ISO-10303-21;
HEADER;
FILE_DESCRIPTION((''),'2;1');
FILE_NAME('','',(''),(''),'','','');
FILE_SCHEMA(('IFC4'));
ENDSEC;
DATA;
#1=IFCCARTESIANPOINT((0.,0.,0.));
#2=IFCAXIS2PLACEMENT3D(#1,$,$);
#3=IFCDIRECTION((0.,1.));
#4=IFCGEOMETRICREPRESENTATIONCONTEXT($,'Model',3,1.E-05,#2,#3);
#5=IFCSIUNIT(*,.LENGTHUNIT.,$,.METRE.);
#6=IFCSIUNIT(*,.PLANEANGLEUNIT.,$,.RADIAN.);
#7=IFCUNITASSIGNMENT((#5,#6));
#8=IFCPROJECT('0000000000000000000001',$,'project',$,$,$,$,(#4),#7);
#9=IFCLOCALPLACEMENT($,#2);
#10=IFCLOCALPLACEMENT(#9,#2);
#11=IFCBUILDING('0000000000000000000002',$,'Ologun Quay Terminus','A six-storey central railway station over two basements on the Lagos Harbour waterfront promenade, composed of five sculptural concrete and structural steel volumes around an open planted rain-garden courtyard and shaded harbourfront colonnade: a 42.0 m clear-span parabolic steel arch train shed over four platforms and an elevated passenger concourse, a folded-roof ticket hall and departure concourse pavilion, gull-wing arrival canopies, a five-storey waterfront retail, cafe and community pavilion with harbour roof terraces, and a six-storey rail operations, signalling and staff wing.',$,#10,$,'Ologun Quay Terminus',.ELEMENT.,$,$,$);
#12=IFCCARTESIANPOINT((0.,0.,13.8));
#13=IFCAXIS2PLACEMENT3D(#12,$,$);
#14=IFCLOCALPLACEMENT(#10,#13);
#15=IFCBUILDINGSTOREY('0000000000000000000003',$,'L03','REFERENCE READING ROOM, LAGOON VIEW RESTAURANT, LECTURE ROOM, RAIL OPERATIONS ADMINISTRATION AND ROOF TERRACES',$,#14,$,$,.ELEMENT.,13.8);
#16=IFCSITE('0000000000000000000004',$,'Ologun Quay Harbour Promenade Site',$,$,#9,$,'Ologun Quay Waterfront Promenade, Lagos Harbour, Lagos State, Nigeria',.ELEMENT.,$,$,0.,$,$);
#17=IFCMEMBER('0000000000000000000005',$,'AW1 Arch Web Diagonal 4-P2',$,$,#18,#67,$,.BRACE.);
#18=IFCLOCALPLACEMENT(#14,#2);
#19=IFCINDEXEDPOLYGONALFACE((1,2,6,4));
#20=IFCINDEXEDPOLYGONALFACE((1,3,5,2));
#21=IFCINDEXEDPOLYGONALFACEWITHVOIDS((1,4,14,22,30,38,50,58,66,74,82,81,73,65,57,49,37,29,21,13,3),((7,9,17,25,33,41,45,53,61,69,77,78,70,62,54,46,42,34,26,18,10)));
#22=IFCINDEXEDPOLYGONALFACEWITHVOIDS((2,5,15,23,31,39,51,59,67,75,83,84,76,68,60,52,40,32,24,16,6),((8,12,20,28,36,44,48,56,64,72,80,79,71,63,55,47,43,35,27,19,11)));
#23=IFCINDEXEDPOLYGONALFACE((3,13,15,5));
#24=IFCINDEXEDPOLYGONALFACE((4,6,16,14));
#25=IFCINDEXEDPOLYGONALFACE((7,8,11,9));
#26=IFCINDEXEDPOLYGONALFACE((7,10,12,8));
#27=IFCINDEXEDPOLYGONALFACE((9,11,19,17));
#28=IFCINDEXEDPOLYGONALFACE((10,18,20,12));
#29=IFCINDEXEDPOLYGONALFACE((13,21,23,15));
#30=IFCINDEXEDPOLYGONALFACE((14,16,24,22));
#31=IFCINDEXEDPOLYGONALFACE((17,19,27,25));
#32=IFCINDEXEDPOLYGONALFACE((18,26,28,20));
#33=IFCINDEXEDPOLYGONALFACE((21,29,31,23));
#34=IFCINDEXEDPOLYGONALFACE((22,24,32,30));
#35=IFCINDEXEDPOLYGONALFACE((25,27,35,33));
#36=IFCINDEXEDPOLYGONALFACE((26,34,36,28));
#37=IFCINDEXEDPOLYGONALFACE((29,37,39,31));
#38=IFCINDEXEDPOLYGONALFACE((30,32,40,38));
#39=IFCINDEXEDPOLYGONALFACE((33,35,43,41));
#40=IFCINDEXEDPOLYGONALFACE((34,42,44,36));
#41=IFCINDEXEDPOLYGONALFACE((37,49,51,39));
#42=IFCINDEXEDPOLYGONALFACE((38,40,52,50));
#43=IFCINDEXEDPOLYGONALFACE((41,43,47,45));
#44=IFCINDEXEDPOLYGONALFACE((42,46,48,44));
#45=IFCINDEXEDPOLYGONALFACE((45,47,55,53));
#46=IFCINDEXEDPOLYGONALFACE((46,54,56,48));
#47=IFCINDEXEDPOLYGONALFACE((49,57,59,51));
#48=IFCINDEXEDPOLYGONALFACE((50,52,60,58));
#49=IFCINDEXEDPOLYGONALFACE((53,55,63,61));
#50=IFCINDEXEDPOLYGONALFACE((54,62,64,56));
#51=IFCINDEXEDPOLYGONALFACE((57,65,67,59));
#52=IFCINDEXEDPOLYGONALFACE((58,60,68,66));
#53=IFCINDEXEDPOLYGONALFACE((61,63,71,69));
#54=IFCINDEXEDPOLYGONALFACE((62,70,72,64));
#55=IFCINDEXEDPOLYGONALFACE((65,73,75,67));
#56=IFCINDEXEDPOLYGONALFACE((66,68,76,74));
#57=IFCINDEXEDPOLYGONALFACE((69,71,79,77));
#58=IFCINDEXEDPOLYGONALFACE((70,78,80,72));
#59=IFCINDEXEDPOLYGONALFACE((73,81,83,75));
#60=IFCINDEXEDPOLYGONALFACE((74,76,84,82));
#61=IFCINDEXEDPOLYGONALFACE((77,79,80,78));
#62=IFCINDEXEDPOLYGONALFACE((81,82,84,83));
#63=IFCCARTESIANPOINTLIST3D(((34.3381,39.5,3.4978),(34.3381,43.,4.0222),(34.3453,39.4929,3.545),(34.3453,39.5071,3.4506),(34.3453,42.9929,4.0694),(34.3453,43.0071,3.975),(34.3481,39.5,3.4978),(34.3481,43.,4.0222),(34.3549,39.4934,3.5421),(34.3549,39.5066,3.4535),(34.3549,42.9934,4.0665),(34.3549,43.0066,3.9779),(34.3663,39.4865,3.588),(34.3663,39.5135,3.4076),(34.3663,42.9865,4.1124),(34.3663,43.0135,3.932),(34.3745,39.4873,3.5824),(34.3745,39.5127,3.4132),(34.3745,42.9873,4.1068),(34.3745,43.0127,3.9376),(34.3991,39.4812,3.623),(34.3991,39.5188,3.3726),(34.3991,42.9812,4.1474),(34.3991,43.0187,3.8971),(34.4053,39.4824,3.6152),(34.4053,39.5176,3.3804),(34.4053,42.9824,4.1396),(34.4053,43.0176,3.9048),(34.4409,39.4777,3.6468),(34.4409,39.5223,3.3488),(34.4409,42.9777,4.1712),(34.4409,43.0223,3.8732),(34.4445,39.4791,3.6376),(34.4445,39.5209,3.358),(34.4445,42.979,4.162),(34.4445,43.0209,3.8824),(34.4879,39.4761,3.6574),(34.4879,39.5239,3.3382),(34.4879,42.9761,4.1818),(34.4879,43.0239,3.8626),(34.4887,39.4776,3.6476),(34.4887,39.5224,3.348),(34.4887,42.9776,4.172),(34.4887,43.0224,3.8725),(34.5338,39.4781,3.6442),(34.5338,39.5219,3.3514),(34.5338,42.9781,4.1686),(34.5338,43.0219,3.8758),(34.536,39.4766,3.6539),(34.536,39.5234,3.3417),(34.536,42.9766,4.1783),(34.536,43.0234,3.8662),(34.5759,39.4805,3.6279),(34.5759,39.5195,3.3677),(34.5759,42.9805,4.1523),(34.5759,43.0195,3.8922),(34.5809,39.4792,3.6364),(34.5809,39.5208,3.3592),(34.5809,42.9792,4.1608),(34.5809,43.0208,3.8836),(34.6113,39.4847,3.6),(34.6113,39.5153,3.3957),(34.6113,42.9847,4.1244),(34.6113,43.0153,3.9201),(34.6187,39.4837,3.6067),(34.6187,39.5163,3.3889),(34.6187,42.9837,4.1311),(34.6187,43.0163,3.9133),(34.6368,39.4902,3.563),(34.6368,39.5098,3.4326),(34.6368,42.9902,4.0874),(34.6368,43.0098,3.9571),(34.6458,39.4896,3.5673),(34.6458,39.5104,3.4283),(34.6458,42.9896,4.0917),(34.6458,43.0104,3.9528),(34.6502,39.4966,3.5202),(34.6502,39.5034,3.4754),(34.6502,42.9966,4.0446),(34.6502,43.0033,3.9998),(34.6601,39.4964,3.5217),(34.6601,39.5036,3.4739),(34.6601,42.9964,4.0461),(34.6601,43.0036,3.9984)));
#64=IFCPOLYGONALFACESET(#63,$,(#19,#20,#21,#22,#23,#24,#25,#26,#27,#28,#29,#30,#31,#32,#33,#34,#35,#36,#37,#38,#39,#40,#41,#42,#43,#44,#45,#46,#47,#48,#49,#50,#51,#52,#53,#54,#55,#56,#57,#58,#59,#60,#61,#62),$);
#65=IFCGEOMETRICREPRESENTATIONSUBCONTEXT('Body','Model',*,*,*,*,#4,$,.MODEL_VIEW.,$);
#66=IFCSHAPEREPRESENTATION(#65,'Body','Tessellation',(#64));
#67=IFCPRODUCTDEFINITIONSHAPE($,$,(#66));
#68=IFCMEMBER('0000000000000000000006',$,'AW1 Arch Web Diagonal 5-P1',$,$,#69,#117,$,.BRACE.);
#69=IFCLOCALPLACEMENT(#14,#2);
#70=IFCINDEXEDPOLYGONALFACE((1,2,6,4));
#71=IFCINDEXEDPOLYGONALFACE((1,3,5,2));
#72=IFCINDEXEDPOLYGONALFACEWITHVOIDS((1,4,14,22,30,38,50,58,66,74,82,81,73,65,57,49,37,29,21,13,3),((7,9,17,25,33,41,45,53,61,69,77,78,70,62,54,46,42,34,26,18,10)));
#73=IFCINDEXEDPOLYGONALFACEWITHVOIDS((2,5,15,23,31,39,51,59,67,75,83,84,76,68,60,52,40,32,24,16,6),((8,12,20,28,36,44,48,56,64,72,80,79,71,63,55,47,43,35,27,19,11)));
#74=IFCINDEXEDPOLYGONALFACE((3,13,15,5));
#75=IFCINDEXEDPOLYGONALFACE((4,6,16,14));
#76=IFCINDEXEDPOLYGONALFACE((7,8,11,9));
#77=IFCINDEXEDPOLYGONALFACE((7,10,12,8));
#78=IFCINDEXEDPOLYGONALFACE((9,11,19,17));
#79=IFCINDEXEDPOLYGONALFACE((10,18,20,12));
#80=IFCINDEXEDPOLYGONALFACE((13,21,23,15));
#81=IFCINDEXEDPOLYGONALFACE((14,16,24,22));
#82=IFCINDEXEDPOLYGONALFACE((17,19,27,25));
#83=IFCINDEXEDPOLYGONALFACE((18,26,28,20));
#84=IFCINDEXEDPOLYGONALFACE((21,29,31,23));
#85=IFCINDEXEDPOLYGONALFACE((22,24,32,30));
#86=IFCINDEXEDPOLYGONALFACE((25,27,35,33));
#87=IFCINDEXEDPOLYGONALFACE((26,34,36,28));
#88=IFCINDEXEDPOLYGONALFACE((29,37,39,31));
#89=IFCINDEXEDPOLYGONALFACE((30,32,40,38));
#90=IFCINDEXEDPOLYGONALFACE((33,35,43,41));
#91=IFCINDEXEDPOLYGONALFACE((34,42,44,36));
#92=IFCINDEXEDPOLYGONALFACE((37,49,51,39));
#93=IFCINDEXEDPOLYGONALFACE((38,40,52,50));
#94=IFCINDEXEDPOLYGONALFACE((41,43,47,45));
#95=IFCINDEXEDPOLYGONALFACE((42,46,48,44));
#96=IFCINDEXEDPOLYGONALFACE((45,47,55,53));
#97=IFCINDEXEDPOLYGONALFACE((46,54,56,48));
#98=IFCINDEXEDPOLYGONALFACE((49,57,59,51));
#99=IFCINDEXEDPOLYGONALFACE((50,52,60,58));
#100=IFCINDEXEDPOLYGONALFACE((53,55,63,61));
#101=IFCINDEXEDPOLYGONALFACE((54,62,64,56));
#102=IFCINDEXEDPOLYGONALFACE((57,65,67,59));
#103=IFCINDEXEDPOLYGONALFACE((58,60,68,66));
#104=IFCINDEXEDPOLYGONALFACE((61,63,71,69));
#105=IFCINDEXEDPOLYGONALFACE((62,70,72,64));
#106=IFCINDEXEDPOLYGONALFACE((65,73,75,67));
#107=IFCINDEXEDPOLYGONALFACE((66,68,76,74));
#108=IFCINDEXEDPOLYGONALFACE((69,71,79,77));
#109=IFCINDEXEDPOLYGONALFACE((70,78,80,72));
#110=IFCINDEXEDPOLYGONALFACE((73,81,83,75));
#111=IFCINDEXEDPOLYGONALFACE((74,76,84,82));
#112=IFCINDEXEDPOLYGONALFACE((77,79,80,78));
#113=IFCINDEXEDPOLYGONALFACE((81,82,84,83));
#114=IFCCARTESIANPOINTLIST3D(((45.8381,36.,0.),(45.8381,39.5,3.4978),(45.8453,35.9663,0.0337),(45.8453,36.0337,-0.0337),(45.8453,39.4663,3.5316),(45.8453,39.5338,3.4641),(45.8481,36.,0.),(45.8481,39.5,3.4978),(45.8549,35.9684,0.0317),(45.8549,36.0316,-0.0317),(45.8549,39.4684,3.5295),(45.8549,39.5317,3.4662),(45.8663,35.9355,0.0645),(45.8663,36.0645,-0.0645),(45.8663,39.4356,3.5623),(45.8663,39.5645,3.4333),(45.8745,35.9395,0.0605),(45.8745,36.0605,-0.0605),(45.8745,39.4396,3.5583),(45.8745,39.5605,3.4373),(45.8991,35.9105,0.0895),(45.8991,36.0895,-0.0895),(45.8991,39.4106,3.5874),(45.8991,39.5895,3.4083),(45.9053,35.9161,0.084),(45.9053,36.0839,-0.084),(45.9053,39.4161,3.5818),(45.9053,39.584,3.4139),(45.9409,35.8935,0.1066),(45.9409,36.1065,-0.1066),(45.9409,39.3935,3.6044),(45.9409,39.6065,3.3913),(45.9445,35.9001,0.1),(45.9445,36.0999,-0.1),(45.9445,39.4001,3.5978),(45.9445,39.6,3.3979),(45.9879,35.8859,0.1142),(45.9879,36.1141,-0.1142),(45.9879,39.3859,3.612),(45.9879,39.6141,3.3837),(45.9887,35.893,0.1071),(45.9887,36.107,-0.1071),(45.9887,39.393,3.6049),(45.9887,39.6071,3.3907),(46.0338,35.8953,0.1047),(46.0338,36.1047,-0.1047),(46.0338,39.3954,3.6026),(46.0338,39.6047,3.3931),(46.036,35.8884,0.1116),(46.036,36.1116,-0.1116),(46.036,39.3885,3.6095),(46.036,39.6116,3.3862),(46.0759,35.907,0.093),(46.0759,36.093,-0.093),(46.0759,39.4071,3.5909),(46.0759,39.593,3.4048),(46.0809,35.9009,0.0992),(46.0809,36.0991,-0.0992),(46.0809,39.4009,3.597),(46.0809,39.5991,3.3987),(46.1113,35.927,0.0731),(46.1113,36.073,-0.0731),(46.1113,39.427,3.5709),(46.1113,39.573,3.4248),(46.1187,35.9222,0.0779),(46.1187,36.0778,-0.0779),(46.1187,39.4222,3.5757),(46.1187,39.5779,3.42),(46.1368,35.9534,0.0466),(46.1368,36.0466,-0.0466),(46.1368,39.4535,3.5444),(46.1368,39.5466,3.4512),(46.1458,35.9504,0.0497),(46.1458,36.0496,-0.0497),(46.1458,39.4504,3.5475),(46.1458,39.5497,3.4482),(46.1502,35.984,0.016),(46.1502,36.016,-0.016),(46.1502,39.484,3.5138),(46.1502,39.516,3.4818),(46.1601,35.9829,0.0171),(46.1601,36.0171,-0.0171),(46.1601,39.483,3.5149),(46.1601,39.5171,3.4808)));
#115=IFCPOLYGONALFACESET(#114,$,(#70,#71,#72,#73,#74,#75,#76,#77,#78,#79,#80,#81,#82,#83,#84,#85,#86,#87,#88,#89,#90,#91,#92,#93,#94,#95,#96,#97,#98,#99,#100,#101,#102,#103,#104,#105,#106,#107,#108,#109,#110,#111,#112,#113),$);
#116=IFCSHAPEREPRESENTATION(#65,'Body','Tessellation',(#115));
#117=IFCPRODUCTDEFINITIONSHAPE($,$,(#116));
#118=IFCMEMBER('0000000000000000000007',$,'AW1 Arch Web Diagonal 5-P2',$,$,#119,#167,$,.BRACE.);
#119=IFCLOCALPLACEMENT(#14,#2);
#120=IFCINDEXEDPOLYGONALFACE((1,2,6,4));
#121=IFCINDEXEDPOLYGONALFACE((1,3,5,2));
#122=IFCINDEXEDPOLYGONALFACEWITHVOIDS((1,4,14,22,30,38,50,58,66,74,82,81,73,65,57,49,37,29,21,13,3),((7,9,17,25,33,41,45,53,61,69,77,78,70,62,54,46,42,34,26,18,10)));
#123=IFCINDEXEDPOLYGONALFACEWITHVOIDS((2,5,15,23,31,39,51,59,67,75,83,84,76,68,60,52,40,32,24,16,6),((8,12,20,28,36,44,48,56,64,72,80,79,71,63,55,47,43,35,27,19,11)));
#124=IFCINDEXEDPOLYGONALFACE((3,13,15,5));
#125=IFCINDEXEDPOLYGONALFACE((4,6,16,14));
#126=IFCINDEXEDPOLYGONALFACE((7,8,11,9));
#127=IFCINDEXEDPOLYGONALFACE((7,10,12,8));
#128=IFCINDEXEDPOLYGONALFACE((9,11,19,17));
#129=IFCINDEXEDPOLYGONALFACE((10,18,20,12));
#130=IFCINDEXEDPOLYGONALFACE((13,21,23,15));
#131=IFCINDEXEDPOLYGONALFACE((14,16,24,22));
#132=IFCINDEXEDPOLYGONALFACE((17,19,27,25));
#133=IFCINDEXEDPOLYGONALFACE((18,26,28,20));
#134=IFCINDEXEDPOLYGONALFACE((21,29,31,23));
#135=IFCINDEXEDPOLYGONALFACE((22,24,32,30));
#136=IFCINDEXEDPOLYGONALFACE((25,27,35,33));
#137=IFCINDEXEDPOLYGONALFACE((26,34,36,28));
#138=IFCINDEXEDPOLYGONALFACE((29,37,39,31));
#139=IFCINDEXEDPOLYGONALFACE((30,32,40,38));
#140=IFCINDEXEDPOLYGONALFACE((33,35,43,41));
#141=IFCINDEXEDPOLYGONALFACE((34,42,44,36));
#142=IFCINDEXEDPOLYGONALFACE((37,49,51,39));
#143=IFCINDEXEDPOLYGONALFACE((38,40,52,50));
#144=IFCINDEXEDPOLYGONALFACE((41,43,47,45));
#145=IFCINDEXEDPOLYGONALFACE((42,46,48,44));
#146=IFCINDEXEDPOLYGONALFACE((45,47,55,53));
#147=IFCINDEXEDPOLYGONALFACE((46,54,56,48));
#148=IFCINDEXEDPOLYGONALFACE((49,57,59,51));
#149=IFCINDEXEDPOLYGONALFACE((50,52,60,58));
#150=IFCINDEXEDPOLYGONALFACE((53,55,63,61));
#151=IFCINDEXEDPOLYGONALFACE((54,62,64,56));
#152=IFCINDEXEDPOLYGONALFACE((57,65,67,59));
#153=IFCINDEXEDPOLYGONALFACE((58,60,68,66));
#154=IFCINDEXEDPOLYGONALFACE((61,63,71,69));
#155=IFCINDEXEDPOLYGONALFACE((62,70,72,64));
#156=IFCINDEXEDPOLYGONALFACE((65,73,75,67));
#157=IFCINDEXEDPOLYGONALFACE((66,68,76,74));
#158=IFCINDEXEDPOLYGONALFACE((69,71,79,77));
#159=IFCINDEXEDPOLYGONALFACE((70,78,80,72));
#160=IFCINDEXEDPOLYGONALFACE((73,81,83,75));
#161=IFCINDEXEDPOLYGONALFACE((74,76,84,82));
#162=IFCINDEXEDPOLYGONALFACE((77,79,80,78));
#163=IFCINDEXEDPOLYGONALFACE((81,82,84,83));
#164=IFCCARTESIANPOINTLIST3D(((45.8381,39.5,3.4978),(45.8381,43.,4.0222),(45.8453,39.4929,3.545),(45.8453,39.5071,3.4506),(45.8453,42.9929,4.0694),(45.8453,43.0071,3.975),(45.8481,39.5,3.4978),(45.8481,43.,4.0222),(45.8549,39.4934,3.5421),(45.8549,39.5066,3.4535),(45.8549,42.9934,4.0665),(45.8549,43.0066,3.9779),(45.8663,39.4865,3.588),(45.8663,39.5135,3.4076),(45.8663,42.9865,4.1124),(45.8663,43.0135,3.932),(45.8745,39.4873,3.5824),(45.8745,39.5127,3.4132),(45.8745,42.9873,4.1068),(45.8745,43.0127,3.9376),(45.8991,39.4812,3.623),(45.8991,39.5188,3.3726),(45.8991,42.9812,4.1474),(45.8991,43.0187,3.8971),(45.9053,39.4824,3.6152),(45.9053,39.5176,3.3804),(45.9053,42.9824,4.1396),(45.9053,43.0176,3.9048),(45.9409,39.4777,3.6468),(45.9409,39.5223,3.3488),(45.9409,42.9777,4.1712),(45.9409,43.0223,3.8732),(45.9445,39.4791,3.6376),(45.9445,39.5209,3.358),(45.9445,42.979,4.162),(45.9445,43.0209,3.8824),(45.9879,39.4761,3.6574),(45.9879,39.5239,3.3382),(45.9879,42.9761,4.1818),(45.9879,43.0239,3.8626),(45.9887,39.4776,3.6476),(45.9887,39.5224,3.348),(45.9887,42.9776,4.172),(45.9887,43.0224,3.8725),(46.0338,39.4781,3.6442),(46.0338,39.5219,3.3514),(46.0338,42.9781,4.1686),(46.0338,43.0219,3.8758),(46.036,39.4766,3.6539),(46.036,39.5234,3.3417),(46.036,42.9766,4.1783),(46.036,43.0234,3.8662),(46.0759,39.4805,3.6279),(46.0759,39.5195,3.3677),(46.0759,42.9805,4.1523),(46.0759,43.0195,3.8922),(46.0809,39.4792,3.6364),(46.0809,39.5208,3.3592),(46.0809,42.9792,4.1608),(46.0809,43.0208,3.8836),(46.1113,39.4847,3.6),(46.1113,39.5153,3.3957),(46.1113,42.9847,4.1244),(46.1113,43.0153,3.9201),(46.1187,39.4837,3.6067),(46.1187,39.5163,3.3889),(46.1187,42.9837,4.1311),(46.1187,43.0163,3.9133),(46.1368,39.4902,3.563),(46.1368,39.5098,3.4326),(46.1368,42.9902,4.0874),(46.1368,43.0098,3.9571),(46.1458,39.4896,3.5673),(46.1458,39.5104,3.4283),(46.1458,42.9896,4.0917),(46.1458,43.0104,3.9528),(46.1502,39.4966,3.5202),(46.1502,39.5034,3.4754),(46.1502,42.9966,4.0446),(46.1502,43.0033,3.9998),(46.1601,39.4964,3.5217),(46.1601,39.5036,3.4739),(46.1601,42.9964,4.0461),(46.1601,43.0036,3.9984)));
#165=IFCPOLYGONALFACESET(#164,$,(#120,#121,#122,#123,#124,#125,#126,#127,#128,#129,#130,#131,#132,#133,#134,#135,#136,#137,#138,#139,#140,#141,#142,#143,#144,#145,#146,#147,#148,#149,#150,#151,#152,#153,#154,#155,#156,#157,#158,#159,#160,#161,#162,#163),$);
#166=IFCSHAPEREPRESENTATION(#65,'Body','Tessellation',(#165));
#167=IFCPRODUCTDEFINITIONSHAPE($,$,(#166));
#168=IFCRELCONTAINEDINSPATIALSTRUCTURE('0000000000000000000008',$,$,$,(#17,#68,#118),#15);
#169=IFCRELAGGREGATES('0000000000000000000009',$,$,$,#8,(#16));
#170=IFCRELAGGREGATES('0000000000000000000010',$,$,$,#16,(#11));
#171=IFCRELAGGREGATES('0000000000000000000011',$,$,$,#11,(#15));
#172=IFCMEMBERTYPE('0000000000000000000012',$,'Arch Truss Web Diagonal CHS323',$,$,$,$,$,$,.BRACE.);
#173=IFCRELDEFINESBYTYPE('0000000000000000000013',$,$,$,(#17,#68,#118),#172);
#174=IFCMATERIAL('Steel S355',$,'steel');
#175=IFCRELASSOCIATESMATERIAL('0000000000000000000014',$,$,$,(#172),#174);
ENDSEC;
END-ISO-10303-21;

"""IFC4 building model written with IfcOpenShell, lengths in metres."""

from ifc_helpers import new_model, si_unit, direction, frame, origin, origin_2d, place, context, subcontext, project, spatial, hollow_circle, extrude, material, material_profile, profile_set, type_object, element, save


model = new_model("IFC4")

# Units and contexts
model_context = context("Model", 3, precision=1e-05, world=origin(), true_north=direction((0.0, 1.0)))
body_context = subcontext(model_context, "Body", "Model", "MODEL_VIEW")
ifc_project = project(units=[si_unit("LENGTHUNIT", "METRE"), si_unit("PLANEANGLEUNIT", "RADIAN")], contexts=[model_context])

# Site, building, storey
site_placement = place(None, origin())
site = spatial("IfcSite", under=ifc_project, at=site_placement, Name="Ologun Quay Harbour Promenade Site", LongName="Ologun Quay Waterfront Promenade, Lagos Harbour, Lagos State, Nigeria", CompositionType="ELEMENT", RefElevation=0.0)
building_placement = place(site_placement, origin())
building = spatial("IfcBuilding", under=site, at=building_placement, Name="Ologun Quay Terminus", Description="A six-storey central railway station over two basements on the Lagos Harbour waterfront promenade, composed of five sculptural concrete and structural steel volumes around an open planted rain-garden courtyard and shaded harbourfront colonnade: a 42.0 m clear-span parabolic steel arch train shed over four platforms and an elevated passenger concourse, a folded-roof ticket hall and departure concourse pavilion, gull-wing arrival canopies, a five-storey waterfront retail, cafe and community pavilion with harbour roof terraces, and a six-storey rail operations, signalling and staff wing.", LongName="Ologun Quay Terminus", CompositionType="ELEMENT")
storey_placement = place(building_placement, frame((0.0, 0.0, 13.8)))
storey = spatial("IfcBuildingStorey", under=building, at=storey_placement, Name="L03", Description="REFERENCE READING ROOM, LAGOON VIEW RESTAURANT, LECTURE ROOM, RAIL OPERATIONS ADMINISTRATION AND ROOF TERRACES", CompositionType="ELEMENT", Elevation=13.8)

# Members
ifc_material_1 = material(Name="Steel S355", Category="steel")
ifc_material_profile_1 = material_profile(ifc_material_1, hollow_circle(Radius=0.1619, WallThickness=0.01, at=origin_2d()), Name="CHS 323.9x10")
ifc_profile_set_1 = profile_set([ifc_material_profile_1], Name="Steel S355")
member_type_1 = type_object("IfcMemberType", Name="Arch Truss Web Diagonal CHS323", PredefinedType="BRACE", material=ifc_profile_set_1)
member_1_placement = place(storey_placement, frame((34.5, 39.5, 3.4978), z_axis=(0.0, 0.988961, 0.148179), x_axis=(-1.0, 0.0, 0.0)))
element("IfcMember", 1, at=member_1_placement, inside=storey, type_object=member_type_1, Name="AW1 Arch Web Diagonal 4-P2", PredefinedType="BRACE", context=body_context, shape_type="SweptSolid", body=[
    extrude(hollow_circle(Radius=0.1619, WallThickness=0.01, at=origin_2d()), origin(), (0.0, 0.0, 1.0), 3.5391),
])
member_2_placement = place(storey_placement, frame((46.0, 36.0, 0.0), z_axis=(0.0, 0.707329, 0.706885), x_axis=(-1.0, 0.0, 0.0)))
element("IfcMember", 2, at=member_2_placement, inside=storey, type_object=member_type_1, Name="AW1 Arch Web Diagonal 5-P1", PredefinedType="BRACE", context=body_context, shape_type="SweptSolid", body=[
    extrude(hollow_circle(Radius=0.1619, WallThickness=0.01, at=origin_2d()), origin(), (0.0, 0.0, 1.0), 4.9482),
])
member_3_placement = place(storey_placement, frame((46.0, 39.5, 3.4978), z_axis=(0.0, 0.988961, 0.148179), x_axis=(-1.0, 0.0, 0.0)))
element("IfcMember", 3, at=member_3_placement, inside=storey, type_object=member_type_1, Name="AW1 Arch Web Diagonal 5-P2", PredefinedType="BRACE", context=body_context, shape_type="SweptSolid", body=[
    extrude(hollow_circle(Radius=0.1619, WallThickness=0.01, at=origin_2d()), origin(), (0.0, 0.0, 1.0), 3.5391),
])

save(model, "model.ifc")
